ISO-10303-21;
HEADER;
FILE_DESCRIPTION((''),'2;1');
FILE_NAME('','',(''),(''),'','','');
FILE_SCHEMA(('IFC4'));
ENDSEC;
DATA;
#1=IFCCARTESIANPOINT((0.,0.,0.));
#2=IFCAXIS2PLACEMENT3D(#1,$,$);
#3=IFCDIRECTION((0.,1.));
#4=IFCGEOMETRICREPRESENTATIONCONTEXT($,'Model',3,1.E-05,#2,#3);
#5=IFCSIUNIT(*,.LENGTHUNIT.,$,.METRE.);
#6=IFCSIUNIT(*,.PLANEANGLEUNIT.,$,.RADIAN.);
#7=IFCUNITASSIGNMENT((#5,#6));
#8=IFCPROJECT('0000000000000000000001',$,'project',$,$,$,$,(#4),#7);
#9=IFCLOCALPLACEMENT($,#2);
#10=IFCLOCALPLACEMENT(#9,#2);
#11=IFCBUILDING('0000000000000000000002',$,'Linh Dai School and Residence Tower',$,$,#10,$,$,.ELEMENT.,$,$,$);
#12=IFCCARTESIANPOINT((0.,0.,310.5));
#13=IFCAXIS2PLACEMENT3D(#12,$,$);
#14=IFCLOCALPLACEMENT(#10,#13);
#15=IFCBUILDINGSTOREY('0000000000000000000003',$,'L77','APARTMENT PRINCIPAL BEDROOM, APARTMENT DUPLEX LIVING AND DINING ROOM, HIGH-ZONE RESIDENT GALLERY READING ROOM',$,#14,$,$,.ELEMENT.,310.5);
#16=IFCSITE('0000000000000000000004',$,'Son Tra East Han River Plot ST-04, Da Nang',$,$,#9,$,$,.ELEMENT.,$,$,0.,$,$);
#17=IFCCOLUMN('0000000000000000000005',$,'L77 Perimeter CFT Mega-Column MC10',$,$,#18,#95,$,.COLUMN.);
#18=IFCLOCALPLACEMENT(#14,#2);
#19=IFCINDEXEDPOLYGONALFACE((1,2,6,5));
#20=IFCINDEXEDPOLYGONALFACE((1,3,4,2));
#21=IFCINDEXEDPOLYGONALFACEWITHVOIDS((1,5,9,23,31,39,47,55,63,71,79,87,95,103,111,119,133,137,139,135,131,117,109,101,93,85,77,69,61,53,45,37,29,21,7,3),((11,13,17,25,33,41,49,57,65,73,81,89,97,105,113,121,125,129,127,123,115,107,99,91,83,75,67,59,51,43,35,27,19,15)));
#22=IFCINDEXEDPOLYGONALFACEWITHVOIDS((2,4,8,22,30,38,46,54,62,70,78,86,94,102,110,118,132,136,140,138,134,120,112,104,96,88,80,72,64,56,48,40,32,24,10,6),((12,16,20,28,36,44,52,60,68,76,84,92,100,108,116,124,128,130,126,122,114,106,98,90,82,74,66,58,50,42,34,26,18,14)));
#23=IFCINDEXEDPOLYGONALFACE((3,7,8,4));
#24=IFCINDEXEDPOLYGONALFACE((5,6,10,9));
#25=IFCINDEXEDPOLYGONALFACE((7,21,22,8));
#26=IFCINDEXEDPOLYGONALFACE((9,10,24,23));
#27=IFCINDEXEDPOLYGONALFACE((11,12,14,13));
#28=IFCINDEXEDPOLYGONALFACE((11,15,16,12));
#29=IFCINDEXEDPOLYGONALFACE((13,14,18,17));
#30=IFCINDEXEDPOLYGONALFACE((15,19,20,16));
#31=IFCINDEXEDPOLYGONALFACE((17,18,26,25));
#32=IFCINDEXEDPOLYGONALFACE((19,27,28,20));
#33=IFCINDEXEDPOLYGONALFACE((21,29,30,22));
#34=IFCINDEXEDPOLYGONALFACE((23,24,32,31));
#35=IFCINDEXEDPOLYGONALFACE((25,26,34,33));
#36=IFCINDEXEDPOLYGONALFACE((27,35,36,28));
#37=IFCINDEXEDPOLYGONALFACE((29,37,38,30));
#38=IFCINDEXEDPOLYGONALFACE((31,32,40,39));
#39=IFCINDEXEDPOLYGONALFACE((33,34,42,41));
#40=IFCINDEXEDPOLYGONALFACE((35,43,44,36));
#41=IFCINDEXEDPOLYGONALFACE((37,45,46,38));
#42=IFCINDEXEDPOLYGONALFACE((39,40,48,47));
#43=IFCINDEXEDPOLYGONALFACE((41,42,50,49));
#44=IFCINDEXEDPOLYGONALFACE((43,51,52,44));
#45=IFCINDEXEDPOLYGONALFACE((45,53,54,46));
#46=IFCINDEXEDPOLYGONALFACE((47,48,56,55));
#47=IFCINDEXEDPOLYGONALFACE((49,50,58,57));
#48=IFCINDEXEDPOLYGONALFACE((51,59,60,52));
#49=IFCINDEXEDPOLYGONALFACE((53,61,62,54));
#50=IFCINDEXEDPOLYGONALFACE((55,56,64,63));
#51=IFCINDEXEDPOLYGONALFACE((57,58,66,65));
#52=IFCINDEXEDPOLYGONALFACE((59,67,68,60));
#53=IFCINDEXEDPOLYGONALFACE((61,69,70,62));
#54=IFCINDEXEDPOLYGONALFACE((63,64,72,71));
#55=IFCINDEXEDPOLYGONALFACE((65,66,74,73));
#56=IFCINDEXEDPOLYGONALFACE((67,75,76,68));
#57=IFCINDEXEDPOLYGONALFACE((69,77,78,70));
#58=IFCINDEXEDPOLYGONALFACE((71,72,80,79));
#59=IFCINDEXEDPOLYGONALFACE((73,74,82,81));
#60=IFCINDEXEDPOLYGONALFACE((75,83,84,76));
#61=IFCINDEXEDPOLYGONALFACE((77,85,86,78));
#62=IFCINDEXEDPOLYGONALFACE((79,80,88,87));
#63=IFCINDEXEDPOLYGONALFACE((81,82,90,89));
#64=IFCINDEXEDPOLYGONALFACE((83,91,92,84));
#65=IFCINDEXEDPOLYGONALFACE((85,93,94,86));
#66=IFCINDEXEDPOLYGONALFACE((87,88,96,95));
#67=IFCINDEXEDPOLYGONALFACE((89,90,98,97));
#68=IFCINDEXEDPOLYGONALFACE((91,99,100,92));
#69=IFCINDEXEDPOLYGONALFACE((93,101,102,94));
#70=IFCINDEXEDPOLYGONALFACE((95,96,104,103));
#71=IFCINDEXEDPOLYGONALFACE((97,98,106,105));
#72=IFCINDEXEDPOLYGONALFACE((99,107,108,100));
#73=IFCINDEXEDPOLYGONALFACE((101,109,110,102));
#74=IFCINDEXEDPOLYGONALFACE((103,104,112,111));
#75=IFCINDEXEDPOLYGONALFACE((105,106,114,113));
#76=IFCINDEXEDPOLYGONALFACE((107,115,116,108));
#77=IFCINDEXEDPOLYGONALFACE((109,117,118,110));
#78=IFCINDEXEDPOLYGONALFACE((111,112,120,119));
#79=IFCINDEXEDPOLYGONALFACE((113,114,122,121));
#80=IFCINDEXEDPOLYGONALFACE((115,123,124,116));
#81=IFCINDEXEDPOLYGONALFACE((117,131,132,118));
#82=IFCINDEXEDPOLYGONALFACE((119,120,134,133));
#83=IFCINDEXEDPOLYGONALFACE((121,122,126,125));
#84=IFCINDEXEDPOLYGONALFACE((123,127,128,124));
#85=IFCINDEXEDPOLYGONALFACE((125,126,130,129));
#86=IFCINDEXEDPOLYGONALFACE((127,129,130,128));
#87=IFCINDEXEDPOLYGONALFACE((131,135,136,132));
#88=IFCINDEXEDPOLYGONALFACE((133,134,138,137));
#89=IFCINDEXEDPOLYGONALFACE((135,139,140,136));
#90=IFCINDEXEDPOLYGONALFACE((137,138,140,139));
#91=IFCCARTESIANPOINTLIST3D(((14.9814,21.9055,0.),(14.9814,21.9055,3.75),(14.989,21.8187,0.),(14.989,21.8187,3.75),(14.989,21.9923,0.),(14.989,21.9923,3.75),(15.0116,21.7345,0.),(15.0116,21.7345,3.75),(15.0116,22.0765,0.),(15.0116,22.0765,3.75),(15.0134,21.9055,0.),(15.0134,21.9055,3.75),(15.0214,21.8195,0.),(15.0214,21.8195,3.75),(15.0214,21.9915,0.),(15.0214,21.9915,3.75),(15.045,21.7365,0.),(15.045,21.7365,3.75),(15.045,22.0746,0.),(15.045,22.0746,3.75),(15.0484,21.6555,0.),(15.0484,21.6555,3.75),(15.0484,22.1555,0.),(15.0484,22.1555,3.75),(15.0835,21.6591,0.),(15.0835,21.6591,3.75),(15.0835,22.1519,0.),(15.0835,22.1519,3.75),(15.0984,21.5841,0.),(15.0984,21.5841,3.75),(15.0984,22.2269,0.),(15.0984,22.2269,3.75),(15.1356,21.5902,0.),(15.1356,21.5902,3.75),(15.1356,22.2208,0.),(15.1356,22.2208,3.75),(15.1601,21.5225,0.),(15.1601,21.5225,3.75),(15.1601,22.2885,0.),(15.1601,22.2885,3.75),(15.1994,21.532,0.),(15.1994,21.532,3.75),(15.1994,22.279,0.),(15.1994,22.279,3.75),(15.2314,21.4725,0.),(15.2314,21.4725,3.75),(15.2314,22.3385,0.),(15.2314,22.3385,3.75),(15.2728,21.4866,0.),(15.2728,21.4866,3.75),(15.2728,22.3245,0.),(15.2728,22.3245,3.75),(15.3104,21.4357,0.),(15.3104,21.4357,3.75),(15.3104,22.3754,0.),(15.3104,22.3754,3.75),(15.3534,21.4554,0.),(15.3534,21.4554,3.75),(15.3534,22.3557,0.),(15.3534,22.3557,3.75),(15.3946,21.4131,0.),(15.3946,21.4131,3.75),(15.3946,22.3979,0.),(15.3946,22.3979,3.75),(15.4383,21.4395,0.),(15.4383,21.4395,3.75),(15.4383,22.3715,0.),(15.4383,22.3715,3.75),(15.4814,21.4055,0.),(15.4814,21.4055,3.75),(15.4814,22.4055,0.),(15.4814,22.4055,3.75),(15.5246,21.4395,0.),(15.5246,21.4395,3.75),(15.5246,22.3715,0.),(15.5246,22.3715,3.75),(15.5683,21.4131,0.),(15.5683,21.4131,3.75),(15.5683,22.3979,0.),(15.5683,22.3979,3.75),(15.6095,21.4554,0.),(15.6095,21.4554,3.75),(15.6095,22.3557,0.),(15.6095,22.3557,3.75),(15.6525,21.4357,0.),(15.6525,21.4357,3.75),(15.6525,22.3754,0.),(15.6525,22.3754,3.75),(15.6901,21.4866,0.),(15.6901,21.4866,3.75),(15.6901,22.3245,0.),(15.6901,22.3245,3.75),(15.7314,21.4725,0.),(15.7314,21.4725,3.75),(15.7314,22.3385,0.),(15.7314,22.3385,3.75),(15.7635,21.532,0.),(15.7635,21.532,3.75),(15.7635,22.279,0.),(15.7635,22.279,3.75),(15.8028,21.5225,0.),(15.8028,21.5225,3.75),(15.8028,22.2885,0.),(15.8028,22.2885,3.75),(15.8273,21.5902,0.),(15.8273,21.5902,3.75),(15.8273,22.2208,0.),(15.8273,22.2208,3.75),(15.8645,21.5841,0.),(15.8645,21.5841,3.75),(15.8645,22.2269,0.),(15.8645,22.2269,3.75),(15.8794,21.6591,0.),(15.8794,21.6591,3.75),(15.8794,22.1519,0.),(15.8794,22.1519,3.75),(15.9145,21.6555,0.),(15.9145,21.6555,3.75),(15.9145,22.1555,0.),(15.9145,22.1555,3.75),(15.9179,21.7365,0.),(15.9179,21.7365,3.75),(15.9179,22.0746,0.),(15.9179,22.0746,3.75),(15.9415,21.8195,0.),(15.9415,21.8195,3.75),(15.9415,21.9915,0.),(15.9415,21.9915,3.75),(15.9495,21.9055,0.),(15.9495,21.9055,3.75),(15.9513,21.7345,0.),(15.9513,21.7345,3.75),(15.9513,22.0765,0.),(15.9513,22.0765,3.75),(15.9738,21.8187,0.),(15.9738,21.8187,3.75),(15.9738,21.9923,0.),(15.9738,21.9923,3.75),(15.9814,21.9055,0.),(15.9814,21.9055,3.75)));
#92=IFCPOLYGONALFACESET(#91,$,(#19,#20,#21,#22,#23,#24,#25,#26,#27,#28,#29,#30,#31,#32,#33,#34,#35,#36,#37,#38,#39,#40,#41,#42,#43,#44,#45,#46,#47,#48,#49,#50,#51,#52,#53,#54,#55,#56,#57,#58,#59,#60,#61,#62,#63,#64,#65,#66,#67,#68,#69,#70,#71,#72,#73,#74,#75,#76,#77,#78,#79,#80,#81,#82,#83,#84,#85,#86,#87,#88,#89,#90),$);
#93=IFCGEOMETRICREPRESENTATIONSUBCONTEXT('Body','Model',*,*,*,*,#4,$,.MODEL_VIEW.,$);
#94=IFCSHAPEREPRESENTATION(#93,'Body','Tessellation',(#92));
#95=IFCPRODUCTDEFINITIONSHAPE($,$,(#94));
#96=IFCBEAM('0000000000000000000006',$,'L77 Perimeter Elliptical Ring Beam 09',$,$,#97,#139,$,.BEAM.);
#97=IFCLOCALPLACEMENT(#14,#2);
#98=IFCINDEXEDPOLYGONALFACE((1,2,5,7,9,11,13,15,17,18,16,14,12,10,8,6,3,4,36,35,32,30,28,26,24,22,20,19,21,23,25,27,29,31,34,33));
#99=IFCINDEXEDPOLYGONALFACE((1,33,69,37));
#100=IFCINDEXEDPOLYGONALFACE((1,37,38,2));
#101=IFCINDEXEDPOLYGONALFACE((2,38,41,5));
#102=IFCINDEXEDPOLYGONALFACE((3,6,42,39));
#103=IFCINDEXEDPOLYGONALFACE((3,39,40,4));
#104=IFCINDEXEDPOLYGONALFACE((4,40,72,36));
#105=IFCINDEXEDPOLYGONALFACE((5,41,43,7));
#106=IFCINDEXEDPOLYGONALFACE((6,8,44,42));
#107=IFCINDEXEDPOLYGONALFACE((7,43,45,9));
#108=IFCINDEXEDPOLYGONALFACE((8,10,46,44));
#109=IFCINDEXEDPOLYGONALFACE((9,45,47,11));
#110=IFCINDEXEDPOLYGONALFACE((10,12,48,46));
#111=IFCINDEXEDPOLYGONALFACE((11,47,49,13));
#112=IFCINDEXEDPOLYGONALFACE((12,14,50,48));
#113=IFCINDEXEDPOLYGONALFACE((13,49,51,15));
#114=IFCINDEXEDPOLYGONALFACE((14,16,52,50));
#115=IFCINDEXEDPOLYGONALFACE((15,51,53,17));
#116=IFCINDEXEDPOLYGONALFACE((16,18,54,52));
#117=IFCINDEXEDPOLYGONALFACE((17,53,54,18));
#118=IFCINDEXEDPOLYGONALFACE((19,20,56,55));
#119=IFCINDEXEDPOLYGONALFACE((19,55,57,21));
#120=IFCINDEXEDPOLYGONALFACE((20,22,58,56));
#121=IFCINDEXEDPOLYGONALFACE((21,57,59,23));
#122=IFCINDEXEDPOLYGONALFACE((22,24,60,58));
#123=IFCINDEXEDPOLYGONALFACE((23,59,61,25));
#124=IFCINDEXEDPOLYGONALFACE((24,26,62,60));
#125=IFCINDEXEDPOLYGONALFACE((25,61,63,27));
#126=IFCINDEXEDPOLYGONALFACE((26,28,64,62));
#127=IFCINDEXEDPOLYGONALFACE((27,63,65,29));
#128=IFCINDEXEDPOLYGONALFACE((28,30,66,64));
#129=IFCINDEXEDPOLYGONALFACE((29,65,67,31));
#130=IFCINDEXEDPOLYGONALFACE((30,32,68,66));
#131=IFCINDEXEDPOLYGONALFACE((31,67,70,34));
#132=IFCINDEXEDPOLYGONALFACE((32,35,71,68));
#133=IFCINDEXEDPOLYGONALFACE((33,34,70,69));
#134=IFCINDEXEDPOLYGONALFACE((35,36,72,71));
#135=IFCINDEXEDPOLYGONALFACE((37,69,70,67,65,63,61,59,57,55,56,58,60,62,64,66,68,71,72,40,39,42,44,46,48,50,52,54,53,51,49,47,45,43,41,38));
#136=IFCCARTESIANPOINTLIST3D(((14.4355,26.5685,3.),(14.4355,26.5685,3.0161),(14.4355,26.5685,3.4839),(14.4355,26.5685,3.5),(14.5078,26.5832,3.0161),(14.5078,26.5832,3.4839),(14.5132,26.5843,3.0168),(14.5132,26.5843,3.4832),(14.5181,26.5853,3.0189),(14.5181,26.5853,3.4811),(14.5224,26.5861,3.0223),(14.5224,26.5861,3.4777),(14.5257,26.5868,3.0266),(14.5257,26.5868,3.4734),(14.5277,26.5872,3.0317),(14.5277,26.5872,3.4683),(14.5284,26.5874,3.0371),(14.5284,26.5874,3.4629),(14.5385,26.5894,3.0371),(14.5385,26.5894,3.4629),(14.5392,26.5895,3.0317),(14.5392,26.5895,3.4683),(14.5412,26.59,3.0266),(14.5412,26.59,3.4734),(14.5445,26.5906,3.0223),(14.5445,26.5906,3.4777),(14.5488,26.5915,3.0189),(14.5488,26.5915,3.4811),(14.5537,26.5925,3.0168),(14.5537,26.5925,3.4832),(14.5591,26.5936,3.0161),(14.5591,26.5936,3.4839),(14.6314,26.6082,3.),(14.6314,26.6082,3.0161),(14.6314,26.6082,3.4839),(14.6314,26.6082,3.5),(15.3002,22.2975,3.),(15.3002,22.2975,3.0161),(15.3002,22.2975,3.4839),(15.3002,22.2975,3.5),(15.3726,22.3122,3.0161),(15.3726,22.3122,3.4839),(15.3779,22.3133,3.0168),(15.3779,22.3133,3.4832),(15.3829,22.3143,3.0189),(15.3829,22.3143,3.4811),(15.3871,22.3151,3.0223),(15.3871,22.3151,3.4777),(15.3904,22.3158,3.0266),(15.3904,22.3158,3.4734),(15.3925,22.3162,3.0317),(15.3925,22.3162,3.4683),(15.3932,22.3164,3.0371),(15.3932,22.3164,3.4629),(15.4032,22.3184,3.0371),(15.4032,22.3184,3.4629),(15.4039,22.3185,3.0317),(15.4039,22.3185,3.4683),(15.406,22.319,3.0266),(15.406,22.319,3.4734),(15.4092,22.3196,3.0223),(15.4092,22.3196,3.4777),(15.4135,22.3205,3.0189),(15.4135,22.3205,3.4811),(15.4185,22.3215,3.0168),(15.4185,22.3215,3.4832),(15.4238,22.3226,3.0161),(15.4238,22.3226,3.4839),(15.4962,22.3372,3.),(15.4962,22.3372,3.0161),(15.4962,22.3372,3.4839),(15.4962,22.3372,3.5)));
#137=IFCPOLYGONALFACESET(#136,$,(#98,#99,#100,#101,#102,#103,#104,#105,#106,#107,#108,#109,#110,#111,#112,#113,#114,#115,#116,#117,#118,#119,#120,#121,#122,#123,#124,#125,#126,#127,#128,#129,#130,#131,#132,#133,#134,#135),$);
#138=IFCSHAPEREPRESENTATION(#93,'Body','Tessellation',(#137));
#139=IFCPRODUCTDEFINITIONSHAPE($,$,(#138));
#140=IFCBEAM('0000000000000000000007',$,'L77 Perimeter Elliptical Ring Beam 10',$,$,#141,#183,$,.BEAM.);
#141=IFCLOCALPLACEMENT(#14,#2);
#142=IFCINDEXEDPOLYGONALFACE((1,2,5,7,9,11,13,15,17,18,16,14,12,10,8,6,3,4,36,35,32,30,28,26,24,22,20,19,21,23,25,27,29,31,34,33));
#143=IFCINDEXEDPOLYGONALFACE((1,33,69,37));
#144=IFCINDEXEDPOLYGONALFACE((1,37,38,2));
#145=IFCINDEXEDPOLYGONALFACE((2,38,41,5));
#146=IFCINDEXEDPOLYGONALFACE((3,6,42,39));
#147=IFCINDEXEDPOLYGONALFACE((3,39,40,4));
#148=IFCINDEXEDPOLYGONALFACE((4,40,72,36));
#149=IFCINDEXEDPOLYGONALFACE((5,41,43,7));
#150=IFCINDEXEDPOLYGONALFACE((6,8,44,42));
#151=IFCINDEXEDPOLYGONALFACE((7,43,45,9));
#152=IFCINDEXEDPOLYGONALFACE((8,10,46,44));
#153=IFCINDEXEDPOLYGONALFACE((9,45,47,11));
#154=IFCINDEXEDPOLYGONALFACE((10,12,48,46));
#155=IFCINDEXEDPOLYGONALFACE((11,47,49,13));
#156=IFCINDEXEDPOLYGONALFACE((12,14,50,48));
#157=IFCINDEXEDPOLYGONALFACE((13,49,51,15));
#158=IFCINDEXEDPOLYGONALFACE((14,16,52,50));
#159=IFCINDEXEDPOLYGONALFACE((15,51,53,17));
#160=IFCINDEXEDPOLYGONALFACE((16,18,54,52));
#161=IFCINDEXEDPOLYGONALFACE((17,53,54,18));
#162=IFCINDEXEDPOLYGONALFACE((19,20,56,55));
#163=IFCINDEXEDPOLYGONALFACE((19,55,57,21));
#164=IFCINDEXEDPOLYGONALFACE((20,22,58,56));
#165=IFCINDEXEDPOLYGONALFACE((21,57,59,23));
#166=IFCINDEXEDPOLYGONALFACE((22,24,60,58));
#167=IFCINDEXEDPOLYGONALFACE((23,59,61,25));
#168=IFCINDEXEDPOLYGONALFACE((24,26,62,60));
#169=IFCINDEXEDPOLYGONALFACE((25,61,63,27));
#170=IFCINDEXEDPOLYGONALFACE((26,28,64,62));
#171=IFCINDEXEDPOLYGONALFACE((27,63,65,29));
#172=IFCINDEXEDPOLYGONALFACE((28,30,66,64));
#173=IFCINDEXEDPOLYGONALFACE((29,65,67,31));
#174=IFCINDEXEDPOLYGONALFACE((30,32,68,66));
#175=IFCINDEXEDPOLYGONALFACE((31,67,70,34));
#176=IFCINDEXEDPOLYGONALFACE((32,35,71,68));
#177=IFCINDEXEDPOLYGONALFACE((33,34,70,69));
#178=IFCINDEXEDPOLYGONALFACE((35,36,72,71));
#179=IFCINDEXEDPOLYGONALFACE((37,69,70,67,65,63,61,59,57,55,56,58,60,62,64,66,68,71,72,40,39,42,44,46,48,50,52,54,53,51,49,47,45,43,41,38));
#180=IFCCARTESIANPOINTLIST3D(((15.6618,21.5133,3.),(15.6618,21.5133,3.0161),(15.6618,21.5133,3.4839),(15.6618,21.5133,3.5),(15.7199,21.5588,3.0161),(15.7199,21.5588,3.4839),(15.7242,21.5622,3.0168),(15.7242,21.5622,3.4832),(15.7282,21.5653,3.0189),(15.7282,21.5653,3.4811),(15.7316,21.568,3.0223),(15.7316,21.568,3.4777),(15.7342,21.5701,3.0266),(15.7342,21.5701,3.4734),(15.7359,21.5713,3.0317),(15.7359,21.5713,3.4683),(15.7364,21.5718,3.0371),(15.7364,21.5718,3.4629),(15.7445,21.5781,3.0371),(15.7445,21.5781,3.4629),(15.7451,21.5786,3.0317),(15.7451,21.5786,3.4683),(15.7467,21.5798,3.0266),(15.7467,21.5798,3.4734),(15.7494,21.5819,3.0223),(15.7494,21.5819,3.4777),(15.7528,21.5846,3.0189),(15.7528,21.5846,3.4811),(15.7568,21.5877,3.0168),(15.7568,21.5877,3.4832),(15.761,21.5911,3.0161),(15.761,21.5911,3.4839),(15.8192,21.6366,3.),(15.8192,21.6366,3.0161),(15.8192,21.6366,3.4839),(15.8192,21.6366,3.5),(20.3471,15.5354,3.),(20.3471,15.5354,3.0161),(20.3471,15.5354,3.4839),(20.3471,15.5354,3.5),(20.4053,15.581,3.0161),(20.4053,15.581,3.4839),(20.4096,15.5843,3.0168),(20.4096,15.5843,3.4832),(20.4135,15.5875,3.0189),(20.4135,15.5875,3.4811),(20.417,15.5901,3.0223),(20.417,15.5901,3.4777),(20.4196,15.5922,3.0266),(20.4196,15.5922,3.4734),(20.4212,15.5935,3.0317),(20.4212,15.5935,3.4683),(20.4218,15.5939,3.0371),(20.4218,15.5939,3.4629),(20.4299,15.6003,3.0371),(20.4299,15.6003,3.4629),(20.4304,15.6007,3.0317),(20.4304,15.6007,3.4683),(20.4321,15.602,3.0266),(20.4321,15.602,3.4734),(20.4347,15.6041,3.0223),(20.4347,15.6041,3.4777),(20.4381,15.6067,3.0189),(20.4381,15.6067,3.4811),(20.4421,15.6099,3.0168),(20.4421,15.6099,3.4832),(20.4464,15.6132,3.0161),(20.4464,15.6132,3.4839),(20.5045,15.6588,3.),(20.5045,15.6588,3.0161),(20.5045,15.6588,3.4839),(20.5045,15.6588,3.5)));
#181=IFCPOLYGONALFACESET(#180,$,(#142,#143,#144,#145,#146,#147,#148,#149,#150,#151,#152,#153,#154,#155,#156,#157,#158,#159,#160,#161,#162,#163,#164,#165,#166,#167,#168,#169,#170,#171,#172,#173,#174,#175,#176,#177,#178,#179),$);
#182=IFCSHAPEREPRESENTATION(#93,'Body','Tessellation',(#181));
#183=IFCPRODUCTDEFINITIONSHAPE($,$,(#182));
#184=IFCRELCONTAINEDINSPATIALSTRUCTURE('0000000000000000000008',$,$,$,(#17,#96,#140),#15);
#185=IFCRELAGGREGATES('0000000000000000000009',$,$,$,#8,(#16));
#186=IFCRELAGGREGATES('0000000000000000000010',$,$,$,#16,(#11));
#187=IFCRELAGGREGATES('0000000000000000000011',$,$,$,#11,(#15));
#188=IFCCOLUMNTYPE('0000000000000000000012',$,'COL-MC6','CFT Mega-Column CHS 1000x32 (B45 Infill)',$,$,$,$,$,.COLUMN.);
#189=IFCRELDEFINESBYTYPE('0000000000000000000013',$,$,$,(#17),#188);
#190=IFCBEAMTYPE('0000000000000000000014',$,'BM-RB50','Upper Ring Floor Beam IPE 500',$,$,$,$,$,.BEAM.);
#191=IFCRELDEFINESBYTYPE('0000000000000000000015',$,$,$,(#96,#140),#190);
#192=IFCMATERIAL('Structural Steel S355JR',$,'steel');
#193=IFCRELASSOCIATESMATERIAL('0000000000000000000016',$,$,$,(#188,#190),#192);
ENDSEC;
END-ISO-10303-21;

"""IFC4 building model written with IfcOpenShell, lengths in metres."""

from ifc_helpers import new_model, si_unit, direction, frame, origin, origin_2d, place, context, subcontext, project, spatial, hollow_circle, i_section, extrude, material, material_profile, profile_set, type_object, element, save


model = new_model("IFC4")

# Units and contexts
model_context = context("Model", 3, precision=1e-05, world=origin(), true_north=direction((0.0, 1.0)))
body_context = subcontext(model_context, "Body", "Model", "MODEL_VIEW")
ifc_project = project(units=[si_unit("LENGTHUNIT", "METRE"), si_unit("PLANEANGLEUNIT", "RADIAN")], contexts=[model_context])

# Site, building, storey
site_placement = place(None, origin())
site = spatial("IfcSite", under=ifc_project, at=site_placement, Name="Son Tra East Han River Plot ST-04, Da Nang", CompositionType="ELEMENT", RefElevation=0.0)
building_placement = place(site_placement, origin())
building = spatial("IfcBuilding", under=site, at=building_placement, Name="Linh Dai School and Residence Tower", CompositionType="ELEMENT")
storey_placement = place(building_placement, frame((0.0, 0.0, 310.5)))
storey = spatial("IfcBuildingStorey", under=building, at=storey_placement, Name="L77", Description="APARTMENT PRINCIPAL BEDROOM, APARTMENT DUPLEX LIVING AND DINING ROOM, HIGH-ZONE RESIDENT GALLERY READING ROOM", CompositionType="ELEMENT", Elevation=310.5)

# Column
ifc_material_1 = material(Name="Structural Steel S355JR", Category="steel")
ifc_material_profile_1 = material_profile(ifc_material_1, hollow_circle(Radius=0.5, WallThickness=0.032, at=origin_2d()), Name="CHS 1000x32")
ifc_profile_set_1 = profile_set([ifc_material_profile_1], Name="Structural Steel S355JR")
column_type = type_object("IfcColumnType", Name="COL-MC6", Description="CFT Mega-Column CHS 1000x32 (B45 Infill)", PredefinedType="COLUMN", material=ifc_profile_set_1)
column_placement = place(storey_placement, frame((15.4814, 21.9055, 0.0), z_axis=(0.0, 0.0, 1.0), x_axis=(1.0, 0.0, 0.0)))
element("IfcColumn", 1, at=column_placement, inside=storey, type_object=column_type, Name="L77 Perimeter CFT Mega-Column MC10", PredefinedType="COLUMN", context=body_context, shape_type="SweptSolid", body=[
    extrude(hollow_circle(Radius=0.5, WallThickness=0.032, at=origin_2d()), origin(), (0.0, 0.0, 1.0), 3.75),
])

# Beams
ifc_material_profile_2 = material_profile(ifc_material_1, i_section(OverallWidth=0.2, OverallDepth=0.5, WebThickness=0.0103, FlangeThickness=0.0161, FilletRadius=0.021, at=origin_2d()), Name="IPE 500")
ifc_profile_set_2 = profile_set([ifc_material_profile_2], Name="Structural Steel S355JR")
beam_type = type_object("IfcBeamType", Name="BM-RB50", Description="Upper Ring Floor Beam IPE 500", PredefinedType="BEAM", material=ifc_profile_set_2)
beam_1_placement = place(storey_placement, frame((14.5334, 26.5884, 3.25), z_axis=(0.198443, -0.980112, 0.0), x_axis=(0.980112, 0.198443, 0.0)))
element("IfcBeam", 2, at=beam_1_placement, inside=storey, type_object=beam_type, Name="L77 Perimeter Elliptical Ring Beam 09", PredefinedType="BEAM", context=body_context, shape_type="SweptSolid", body=[
    extrude(i_section(OverallWidth=0.2, OverallDepth=0.5, WebThickness=0.0103, FlangeThickness=0.0161, FilletRadius=0.021, at=origin_2d()), origin(), (0.0, 0.0, 1.0), 4.3577),
])
beam_2_placement = place(storey_placement, frame((15.7405, 21.575, 3.25), z_axis=(0.616883, -0.787055, 0.0), x_axis=(0.787055, 0.616883, 0.0)))
element("IfcBeam", 3, at=beam_2_placement, inside=storey, type_object=beam_type, Name="L77 Perimeter Elliptical Ring Beam 10", PredefinedType="BEAM", context=body_context, shape_type="SweptSolid", body=[
    extrude(i_section(OverallWidth=0.2, OverallDepth=0.5, WebThickness=0.0103, FlangeThickness=0.0161, FilletRadius=0.021, at=origin_2d()), origin(), (0.0, 0.0, 1.0), 7.5952),
])

save(model, "model.ifc")
